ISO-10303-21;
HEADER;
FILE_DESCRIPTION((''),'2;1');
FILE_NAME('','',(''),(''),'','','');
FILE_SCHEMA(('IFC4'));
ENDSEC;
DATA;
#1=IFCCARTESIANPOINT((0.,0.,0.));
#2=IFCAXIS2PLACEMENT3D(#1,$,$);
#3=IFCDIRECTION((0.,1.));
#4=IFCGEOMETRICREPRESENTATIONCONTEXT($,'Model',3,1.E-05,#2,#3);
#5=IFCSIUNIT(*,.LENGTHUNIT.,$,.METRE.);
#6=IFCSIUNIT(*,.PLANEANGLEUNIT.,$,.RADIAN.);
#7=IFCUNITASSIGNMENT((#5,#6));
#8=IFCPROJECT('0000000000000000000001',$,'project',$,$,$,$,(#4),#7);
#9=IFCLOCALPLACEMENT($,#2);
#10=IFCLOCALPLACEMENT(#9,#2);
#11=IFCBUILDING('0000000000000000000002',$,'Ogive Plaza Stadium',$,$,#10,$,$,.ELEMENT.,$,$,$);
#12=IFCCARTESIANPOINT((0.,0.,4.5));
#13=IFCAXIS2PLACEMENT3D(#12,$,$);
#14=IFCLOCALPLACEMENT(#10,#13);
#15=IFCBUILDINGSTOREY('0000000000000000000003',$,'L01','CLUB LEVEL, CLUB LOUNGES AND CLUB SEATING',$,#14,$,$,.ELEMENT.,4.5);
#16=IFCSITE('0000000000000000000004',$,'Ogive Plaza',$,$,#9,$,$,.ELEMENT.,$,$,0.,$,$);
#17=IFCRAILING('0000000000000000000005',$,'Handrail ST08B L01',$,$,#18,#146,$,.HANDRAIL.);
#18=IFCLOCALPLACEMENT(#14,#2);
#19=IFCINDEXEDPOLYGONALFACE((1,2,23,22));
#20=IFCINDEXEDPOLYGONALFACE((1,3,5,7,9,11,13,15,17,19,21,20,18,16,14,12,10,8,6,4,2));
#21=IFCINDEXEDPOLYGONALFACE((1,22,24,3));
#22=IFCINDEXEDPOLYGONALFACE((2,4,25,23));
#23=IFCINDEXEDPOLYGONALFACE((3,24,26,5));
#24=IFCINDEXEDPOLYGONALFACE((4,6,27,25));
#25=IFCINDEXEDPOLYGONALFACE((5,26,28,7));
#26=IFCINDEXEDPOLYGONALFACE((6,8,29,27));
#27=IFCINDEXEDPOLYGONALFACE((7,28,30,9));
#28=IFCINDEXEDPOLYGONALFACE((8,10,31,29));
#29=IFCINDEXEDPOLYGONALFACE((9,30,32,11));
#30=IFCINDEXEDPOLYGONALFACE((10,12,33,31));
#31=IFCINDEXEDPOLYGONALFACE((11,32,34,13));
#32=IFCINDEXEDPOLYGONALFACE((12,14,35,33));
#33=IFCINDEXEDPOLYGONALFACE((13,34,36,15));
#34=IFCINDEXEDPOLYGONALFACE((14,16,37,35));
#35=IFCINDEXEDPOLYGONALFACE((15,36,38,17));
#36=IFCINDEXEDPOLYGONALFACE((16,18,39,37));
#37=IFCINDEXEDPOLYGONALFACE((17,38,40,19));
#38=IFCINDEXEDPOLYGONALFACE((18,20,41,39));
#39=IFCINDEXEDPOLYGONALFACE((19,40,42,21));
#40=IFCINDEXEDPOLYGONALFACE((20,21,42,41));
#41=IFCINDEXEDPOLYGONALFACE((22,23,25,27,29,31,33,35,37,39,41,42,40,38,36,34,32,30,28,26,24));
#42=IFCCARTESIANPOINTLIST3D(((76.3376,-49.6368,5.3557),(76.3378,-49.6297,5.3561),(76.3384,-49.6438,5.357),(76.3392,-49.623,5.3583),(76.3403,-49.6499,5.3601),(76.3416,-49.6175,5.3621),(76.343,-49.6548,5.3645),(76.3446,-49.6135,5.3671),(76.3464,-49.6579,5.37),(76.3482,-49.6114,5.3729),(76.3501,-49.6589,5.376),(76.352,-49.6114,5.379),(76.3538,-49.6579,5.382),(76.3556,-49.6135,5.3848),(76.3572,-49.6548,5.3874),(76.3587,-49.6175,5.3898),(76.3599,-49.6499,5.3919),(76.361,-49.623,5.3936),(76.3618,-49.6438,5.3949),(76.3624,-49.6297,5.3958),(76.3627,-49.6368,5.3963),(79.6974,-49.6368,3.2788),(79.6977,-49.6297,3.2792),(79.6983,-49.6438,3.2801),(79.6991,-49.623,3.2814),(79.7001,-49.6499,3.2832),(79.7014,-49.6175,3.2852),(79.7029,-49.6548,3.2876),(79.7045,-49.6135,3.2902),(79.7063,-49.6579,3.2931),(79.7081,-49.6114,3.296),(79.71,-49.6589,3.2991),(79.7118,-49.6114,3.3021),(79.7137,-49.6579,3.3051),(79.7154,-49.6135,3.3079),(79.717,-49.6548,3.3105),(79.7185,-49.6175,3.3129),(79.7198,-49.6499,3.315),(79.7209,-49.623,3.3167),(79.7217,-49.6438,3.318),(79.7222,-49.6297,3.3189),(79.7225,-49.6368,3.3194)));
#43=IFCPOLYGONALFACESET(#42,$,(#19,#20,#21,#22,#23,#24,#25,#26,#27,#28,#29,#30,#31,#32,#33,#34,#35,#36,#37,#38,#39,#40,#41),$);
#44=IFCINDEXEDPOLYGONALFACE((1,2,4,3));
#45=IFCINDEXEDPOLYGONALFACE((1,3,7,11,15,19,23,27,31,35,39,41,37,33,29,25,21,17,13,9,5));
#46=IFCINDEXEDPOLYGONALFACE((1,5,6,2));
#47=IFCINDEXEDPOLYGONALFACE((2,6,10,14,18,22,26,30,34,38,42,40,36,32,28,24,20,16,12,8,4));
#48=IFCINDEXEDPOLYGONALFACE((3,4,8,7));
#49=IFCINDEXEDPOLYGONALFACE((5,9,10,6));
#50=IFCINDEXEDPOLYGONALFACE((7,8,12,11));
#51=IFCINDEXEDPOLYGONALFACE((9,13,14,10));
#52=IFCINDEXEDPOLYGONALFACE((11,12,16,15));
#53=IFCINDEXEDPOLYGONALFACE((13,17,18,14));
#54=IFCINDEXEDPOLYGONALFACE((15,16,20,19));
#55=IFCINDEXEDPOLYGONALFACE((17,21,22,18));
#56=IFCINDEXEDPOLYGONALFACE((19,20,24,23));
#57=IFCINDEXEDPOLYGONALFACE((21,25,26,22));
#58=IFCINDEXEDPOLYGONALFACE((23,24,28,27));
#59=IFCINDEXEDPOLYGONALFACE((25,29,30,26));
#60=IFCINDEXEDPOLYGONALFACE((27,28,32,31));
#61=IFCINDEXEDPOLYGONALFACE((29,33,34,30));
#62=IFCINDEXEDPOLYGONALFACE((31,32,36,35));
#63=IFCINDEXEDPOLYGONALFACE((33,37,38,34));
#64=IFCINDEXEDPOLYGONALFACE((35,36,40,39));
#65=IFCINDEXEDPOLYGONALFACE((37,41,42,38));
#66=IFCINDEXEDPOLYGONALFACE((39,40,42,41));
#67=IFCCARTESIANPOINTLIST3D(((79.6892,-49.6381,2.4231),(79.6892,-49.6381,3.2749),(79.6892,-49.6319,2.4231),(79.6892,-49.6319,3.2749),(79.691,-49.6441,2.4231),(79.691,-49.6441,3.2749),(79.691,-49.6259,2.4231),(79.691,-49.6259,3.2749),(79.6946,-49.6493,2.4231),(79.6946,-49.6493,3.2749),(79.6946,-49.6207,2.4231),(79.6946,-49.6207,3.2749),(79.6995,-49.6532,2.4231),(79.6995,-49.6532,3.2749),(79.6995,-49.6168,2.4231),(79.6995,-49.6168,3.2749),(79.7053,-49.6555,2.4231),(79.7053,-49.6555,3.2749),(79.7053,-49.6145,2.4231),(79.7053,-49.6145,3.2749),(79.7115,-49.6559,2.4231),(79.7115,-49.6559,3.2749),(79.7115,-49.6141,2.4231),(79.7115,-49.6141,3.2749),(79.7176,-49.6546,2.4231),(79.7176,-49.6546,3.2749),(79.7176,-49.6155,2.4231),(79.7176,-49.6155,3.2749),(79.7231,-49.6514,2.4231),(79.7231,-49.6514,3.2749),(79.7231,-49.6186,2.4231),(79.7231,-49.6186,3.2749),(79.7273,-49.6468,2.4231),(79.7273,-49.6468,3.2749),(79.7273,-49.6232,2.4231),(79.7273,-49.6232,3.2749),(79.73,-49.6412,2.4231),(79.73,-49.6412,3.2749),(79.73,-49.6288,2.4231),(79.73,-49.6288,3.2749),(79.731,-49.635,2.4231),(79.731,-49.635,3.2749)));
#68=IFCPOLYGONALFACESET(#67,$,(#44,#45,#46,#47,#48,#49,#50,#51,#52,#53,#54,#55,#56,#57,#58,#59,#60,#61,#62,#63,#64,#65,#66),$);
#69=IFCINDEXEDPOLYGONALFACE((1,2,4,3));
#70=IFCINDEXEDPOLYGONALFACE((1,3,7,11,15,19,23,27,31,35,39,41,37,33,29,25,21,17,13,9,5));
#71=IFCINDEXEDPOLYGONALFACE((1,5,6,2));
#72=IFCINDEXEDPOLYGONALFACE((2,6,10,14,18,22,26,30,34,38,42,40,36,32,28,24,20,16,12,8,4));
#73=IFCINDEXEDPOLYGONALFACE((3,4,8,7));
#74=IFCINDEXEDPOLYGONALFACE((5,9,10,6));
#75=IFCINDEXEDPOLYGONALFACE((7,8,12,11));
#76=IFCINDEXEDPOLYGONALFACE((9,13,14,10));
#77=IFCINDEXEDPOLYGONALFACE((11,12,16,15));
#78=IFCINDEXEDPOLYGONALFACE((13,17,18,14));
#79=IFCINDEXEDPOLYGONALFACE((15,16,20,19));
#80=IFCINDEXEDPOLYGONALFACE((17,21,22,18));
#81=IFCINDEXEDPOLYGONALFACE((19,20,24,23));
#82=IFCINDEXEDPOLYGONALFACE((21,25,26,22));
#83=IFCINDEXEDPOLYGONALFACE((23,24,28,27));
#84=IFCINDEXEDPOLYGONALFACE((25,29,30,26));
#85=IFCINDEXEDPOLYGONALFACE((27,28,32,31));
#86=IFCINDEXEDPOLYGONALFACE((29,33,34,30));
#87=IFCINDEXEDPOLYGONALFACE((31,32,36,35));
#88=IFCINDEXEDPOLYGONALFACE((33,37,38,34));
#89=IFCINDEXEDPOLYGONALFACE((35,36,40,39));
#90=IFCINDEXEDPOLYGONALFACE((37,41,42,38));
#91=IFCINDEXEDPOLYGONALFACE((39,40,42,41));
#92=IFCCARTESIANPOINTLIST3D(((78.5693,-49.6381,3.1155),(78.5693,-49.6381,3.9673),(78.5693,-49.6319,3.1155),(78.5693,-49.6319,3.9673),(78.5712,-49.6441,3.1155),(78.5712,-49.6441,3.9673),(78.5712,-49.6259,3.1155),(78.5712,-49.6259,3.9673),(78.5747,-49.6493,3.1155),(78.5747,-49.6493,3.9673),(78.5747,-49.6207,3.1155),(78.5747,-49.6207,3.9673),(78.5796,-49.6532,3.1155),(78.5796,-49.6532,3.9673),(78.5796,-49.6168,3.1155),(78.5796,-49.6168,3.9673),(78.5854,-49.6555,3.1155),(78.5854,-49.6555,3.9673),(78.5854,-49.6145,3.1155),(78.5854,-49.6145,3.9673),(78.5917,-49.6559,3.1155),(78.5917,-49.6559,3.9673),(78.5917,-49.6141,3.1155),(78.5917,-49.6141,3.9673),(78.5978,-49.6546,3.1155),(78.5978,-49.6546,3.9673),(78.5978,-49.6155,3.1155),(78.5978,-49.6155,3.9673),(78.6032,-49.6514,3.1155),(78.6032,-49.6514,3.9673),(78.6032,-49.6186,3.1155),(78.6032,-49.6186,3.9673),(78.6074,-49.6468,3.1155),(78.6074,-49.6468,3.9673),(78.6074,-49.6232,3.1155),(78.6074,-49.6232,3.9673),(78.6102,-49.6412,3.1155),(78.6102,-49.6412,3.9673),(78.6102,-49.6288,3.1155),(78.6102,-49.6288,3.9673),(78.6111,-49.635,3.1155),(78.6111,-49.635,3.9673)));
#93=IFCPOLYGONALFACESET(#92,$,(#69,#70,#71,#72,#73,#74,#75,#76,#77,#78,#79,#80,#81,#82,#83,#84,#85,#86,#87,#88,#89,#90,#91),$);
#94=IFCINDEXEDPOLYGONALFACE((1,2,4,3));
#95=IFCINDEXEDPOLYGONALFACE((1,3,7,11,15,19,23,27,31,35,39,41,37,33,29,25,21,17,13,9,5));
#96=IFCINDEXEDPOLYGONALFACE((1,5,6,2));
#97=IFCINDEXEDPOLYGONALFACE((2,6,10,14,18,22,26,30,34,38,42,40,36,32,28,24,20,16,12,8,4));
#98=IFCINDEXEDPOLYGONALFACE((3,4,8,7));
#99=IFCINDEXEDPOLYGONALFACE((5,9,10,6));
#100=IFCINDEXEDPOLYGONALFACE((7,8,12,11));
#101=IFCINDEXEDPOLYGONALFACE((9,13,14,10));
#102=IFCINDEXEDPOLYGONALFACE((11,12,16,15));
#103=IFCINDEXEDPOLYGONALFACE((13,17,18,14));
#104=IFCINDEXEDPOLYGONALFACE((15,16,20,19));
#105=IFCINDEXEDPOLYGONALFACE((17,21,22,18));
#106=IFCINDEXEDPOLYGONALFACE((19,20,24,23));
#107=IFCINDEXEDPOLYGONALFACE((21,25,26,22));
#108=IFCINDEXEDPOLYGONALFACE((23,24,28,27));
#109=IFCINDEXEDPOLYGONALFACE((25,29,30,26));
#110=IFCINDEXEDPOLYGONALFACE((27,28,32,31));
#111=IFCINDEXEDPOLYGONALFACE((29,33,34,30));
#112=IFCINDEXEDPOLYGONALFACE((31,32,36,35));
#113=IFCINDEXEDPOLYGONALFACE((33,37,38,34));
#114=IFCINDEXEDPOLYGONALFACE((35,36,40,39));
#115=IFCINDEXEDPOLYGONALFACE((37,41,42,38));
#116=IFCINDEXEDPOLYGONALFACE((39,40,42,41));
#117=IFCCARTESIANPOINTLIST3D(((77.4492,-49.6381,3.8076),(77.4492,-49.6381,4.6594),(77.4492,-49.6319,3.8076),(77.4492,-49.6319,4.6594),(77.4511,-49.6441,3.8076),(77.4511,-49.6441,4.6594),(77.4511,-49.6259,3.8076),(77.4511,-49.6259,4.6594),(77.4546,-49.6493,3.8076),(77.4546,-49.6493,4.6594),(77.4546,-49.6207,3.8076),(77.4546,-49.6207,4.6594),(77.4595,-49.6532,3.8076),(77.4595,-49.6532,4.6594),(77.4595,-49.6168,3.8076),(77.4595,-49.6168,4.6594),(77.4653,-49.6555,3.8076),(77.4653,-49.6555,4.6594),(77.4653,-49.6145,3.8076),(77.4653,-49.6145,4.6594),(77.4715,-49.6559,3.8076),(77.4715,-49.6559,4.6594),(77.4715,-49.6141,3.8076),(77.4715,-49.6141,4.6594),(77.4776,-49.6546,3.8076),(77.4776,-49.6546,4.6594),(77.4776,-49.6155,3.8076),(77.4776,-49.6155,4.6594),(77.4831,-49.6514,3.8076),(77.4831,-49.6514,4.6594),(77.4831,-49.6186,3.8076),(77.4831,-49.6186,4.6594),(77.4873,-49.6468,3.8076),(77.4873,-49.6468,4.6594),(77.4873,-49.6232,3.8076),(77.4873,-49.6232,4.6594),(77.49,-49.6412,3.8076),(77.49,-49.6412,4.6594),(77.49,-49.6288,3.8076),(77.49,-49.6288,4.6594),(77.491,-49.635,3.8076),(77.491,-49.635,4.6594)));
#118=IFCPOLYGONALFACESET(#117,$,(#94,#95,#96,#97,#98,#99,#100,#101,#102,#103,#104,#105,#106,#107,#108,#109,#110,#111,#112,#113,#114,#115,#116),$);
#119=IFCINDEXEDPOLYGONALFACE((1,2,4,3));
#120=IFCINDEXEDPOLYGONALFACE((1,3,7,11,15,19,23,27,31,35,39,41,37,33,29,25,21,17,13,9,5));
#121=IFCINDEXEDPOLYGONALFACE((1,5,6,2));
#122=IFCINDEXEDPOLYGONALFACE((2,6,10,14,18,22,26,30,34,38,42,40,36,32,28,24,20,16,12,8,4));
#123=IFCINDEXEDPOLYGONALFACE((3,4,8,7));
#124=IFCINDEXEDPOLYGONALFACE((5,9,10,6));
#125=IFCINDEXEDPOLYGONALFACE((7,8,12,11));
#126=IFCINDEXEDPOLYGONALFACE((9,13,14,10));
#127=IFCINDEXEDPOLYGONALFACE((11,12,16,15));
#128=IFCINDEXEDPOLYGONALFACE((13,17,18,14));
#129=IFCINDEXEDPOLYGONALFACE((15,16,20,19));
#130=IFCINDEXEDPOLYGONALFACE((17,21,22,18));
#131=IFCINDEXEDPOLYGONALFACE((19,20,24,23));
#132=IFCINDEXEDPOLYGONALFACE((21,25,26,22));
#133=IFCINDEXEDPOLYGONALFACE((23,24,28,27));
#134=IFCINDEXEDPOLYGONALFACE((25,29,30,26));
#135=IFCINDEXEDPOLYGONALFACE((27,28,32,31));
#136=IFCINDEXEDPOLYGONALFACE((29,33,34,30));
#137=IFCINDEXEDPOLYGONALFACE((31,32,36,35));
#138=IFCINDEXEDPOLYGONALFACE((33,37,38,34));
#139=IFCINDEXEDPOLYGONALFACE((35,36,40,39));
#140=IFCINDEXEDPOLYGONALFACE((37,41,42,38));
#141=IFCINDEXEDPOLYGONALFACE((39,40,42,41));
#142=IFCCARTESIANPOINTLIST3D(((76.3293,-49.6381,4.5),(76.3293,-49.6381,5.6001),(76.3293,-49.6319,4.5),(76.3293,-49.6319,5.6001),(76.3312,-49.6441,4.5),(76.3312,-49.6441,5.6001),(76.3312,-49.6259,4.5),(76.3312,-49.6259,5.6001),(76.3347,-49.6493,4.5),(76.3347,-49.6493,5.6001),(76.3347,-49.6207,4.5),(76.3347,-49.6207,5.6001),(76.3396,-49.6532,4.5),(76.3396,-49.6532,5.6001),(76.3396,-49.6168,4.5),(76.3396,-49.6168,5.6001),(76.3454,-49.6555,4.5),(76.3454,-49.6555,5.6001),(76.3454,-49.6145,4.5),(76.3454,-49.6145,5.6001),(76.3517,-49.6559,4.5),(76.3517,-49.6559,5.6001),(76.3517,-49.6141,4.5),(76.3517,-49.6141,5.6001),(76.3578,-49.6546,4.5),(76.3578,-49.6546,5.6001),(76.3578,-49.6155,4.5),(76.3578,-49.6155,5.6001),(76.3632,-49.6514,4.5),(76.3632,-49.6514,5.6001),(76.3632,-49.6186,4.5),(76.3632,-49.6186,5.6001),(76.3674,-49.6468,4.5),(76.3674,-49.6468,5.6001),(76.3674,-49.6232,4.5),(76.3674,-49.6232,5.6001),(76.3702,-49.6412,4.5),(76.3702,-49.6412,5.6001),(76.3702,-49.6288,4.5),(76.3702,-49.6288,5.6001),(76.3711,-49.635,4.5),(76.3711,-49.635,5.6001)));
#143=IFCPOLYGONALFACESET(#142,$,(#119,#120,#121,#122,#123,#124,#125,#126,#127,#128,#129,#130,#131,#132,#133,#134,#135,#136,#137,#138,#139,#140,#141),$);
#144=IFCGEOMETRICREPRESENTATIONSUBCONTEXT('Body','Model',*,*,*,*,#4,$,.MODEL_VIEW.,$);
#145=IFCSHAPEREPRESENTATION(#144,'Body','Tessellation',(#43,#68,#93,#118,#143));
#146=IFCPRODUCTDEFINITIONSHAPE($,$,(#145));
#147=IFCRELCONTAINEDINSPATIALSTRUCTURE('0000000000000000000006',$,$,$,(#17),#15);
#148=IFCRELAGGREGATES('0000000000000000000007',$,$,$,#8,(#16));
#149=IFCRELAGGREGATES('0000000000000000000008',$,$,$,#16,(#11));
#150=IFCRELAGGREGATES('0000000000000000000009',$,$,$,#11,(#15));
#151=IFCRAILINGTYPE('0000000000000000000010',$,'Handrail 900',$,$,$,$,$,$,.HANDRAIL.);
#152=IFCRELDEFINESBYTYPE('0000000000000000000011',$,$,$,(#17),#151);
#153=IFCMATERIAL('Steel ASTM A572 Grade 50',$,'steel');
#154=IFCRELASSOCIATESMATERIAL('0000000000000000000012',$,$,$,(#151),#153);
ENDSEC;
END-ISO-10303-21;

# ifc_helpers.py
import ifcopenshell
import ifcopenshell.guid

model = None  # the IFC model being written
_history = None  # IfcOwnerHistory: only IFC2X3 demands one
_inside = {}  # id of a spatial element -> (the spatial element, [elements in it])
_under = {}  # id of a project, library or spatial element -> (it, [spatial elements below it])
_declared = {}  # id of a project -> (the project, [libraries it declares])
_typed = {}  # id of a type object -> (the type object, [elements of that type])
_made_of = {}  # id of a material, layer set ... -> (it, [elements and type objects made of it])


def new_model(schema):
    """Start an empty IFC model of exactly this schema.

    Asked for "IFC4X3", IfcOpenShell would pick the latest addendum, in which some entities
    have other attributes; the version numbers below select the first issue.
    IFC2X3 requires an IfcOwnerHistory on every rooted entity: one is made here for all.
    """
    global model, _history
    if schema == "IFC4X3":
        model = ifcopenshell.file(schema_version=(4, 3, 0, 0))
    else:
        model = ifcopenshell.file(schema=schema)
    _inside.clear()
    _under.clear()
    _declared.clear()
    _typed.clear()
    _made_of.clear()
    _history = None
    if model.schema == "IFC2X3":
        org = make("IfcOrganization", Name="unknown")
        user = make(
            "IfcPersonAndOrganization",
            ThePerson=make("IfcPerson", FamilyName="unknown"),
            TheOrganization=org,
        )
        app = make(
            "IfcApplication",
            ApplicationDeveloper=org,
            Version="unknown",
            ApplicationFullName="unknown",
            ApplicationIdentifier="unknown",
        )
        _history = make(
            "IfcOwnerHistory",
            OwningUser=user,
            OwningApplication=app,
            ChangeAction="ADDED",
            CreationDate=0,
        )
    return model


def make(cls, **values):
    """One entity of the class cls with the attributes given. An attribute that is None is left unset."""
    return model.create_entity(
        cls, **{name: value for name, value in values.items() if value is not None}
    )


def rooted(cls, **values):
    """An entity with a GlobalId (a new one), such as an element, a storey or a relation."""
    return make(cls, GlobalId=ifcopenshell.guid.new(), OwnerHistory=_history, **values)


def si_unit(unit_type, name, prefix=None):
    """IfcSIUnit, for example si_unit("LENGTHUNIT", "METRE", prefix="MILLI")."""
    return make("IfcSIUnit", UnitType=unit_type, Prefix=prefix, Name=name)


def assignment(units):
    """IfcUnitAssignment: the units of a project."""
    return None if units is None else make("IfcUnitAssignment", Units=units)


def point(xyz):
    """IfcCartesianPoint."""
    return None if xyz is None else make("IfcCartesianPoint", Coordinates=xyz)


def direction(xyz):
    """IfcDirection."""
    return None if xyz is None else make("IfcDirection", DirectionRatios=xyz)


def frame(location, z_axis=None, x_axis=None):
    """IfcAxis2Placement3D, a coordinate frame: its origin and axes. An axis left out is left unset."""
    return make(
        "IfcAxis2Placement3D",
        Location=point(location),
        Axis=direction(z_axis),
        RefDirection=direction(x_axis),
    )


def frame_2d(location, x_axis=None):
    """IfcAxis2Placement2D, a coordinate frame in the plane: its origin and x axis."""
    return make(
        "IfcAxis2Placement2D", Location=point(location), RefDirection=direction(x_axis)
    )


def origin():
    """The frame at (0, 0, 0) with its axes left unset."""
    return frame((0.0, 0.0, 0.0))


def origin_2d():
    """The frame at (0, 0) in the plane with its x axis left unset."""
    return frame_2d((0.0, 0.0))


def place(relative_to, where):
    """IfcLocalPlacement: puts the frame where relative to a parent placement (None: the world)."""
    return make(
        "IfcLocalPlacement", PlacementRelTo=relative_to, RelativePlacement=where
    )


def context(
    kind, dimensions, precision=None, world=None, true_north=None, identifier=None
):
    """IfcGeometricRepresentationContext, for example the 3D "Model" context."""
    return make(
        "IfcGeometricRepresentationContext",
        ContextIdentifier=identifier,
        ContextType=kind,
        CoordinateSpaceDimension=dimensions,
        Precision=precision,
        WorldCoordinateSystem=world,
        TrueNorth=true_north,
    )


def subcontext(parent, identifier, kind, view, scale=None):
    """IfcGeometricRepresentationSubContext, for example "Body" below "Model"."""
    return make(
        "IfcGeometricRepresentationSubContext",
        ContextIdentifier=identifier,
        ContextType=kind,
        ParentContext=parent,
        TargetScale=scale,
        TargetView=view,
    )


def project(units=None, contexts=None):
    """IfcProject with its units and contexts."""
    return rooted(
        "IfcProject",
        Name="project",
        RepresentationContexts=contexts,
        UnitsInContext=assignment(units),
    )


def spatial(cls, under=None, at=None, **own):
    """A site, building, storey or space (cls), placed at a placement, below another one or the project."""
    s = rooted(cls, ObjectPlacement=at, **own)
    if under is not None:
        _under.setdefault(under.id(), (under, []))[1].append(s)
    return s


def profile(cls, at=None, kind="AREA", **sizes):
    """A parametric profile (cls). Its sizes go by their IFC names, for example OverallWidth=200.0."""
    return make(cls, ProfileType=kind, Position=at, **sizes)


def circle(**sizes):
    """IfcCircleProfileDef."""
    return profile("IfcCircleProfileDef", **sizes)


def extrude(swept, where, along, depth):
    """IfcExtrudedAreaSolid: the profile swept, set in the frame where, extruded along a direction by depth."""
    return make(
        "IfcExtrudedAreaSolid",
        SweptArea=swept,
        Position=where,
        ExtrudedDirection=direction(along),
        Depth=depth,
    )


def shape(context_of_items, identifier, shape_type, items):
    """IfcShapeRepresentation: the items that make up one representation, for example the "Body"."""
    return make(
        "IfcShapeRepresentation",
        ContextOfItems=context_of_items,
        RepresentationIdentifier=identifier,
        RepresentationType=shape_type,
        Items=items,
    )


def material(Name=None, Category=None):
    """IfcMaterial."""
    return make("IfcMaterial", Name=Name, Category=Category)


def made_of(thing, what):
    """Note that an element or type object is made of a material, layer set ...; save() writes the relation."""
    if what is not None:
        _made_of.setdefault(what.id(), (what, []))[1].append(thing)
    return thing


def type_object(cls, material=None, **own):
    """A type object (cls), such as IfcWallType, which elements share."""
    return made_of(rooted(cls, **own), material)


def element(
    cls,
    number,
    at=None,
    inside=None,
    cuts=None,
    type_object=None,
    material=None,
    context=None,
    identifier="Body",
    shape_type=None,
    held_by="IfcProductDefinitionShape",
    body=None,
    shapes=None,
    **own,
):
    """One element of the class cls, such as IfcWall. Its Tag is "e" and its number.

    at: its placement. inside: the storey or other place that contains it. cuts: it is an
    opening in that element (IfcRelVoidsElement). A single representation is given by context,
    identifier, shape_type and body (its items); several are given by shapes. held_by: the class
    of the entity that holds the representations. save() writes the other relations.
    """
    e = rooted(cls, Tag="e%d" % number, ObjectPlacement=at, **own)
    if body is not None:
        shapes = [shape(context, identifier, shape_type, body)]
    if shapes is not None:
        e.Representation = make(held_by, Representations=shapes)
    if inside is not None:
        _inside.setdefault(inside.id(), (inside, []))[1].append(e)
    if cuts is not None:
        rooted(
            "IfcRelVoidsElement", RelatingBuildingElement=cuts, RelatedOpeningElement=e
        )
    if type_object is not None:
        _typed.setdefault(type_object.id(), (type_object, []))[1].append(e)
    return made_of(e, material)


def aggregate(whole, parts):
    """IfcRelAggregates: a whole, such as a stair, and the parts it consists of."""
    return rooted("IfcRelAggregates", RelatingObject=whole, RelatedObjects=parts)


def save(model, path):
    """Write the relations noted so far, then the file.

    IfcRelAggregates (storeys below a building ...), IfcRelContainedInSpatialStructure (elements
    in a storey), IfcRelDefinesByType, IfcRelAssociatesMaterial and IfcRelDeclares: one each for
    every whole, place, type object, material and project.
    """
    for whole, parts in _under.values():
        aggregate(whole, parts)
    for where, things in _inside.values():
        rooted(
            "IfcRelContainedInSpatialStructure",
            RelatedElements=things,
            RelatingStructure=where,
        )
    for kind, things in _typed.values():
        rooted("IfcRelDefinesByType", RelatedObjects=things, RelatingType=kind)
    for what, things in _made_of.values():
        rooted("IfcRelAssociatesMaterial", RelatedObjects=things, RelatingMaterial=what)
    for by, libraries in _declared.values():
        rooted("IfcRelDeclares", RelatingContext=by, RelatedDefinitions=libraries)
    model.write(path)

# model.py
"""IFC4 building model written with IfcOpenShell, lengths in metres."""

from ifc_helpers import new_model, si_unit, direction, frame, origin, origin_2d, place, context, subcontext, project, spatial, circle, extrude, material, type_object, element, save


model = new_model("IFC4")

# Units and contexts
model_context = context("Model", 3, precision=1e-05, world=origin(), true_north=direction((0.0, 1.0)))
body_context = subcontext(model_context, "Body", "Model", "MODEL_VIEW")
ifc_project = project(units=[si_unit("LENGTHUNIT", "METRE"), si_unit("PLANEANGLEUNIT", "RADIAN")], contexts=[model_context])

# Site, building, storey
site_placement = place(None, origin())
site = spatial("IfcSite", under=ifc_project, at=site_placement, Name="Ogive Plaza", CompositionType="ELEMENT", RefElevation=0.0)
building_placement = place(site_placement, origin())
building = spatial("IfcBuilding", under=site, at=building_placement, Name="Ogive Plaza Stadium", CompositionType="ELEMENT")
storey_placement = place(building_placement, frame((0.0, 0.0, 4.5)))
storey = spatial("IfcBuildingStorey", under=building, at=storey_placement, Name="L01", Description="CLUB LEVEL, CLUB LOUNGES AND CLUB SEATING", CompositionType="ELEMENT", Elevation=4.5)

# Railing
ifc_material_1 = material(Name="Steel ASTM A572 Grade 50", Category="steel")
railing_type_1 = type_object("IfcRailingType", Name="Handrail 900", PredefinedType="HANDRAIL", material=ifc_material_1)
for number, where, name in (
    (1, (79.71, -49.635, 2.4231), "Handrail ST08B L01"),
):
    element("IfcRailing", number, at=place(storey_placement, frame(where)), inside=storey, type_object=railing_type_1, Name=name, PredefinedType="HANDRAIL", context=body_context, shape_type="SweptSolid", body=[
        extrude(circle(Radius=0.0239, at=origin_2d()), frame((0.0, 0.0, 0.876), z_axis=(-0.850606, 0.0, 0.525803), x_axis=(0.0, -1.0, 0.0)), (0.0, 0.0, 1.0), 3.95),
        extrude(circle(Radius=0.021, at=origin_2d()), origin(), (0.0, 0.0, 1.0), 0.8518),
        extrude(circle(Radius=0.021, at=origin_2d()), frame((-1.1199, 0.0, 0.6924)), (0.0, 0.0, 1.0), 0.8518),
        extrude(circle(Radius=0.021, at=origin_2d()), frame((-2.24, 0.0, 1.3845)), (0.0, 0.0, 1.0), 0.8518),
        extrude(circle(Radius=0.021, at=origin_2d()), frame((-3.3599, 0.0, 2.0769)), (0.0, 0.0, 1.0), 1.1001),
    ])

save(model, "model.ifc")
